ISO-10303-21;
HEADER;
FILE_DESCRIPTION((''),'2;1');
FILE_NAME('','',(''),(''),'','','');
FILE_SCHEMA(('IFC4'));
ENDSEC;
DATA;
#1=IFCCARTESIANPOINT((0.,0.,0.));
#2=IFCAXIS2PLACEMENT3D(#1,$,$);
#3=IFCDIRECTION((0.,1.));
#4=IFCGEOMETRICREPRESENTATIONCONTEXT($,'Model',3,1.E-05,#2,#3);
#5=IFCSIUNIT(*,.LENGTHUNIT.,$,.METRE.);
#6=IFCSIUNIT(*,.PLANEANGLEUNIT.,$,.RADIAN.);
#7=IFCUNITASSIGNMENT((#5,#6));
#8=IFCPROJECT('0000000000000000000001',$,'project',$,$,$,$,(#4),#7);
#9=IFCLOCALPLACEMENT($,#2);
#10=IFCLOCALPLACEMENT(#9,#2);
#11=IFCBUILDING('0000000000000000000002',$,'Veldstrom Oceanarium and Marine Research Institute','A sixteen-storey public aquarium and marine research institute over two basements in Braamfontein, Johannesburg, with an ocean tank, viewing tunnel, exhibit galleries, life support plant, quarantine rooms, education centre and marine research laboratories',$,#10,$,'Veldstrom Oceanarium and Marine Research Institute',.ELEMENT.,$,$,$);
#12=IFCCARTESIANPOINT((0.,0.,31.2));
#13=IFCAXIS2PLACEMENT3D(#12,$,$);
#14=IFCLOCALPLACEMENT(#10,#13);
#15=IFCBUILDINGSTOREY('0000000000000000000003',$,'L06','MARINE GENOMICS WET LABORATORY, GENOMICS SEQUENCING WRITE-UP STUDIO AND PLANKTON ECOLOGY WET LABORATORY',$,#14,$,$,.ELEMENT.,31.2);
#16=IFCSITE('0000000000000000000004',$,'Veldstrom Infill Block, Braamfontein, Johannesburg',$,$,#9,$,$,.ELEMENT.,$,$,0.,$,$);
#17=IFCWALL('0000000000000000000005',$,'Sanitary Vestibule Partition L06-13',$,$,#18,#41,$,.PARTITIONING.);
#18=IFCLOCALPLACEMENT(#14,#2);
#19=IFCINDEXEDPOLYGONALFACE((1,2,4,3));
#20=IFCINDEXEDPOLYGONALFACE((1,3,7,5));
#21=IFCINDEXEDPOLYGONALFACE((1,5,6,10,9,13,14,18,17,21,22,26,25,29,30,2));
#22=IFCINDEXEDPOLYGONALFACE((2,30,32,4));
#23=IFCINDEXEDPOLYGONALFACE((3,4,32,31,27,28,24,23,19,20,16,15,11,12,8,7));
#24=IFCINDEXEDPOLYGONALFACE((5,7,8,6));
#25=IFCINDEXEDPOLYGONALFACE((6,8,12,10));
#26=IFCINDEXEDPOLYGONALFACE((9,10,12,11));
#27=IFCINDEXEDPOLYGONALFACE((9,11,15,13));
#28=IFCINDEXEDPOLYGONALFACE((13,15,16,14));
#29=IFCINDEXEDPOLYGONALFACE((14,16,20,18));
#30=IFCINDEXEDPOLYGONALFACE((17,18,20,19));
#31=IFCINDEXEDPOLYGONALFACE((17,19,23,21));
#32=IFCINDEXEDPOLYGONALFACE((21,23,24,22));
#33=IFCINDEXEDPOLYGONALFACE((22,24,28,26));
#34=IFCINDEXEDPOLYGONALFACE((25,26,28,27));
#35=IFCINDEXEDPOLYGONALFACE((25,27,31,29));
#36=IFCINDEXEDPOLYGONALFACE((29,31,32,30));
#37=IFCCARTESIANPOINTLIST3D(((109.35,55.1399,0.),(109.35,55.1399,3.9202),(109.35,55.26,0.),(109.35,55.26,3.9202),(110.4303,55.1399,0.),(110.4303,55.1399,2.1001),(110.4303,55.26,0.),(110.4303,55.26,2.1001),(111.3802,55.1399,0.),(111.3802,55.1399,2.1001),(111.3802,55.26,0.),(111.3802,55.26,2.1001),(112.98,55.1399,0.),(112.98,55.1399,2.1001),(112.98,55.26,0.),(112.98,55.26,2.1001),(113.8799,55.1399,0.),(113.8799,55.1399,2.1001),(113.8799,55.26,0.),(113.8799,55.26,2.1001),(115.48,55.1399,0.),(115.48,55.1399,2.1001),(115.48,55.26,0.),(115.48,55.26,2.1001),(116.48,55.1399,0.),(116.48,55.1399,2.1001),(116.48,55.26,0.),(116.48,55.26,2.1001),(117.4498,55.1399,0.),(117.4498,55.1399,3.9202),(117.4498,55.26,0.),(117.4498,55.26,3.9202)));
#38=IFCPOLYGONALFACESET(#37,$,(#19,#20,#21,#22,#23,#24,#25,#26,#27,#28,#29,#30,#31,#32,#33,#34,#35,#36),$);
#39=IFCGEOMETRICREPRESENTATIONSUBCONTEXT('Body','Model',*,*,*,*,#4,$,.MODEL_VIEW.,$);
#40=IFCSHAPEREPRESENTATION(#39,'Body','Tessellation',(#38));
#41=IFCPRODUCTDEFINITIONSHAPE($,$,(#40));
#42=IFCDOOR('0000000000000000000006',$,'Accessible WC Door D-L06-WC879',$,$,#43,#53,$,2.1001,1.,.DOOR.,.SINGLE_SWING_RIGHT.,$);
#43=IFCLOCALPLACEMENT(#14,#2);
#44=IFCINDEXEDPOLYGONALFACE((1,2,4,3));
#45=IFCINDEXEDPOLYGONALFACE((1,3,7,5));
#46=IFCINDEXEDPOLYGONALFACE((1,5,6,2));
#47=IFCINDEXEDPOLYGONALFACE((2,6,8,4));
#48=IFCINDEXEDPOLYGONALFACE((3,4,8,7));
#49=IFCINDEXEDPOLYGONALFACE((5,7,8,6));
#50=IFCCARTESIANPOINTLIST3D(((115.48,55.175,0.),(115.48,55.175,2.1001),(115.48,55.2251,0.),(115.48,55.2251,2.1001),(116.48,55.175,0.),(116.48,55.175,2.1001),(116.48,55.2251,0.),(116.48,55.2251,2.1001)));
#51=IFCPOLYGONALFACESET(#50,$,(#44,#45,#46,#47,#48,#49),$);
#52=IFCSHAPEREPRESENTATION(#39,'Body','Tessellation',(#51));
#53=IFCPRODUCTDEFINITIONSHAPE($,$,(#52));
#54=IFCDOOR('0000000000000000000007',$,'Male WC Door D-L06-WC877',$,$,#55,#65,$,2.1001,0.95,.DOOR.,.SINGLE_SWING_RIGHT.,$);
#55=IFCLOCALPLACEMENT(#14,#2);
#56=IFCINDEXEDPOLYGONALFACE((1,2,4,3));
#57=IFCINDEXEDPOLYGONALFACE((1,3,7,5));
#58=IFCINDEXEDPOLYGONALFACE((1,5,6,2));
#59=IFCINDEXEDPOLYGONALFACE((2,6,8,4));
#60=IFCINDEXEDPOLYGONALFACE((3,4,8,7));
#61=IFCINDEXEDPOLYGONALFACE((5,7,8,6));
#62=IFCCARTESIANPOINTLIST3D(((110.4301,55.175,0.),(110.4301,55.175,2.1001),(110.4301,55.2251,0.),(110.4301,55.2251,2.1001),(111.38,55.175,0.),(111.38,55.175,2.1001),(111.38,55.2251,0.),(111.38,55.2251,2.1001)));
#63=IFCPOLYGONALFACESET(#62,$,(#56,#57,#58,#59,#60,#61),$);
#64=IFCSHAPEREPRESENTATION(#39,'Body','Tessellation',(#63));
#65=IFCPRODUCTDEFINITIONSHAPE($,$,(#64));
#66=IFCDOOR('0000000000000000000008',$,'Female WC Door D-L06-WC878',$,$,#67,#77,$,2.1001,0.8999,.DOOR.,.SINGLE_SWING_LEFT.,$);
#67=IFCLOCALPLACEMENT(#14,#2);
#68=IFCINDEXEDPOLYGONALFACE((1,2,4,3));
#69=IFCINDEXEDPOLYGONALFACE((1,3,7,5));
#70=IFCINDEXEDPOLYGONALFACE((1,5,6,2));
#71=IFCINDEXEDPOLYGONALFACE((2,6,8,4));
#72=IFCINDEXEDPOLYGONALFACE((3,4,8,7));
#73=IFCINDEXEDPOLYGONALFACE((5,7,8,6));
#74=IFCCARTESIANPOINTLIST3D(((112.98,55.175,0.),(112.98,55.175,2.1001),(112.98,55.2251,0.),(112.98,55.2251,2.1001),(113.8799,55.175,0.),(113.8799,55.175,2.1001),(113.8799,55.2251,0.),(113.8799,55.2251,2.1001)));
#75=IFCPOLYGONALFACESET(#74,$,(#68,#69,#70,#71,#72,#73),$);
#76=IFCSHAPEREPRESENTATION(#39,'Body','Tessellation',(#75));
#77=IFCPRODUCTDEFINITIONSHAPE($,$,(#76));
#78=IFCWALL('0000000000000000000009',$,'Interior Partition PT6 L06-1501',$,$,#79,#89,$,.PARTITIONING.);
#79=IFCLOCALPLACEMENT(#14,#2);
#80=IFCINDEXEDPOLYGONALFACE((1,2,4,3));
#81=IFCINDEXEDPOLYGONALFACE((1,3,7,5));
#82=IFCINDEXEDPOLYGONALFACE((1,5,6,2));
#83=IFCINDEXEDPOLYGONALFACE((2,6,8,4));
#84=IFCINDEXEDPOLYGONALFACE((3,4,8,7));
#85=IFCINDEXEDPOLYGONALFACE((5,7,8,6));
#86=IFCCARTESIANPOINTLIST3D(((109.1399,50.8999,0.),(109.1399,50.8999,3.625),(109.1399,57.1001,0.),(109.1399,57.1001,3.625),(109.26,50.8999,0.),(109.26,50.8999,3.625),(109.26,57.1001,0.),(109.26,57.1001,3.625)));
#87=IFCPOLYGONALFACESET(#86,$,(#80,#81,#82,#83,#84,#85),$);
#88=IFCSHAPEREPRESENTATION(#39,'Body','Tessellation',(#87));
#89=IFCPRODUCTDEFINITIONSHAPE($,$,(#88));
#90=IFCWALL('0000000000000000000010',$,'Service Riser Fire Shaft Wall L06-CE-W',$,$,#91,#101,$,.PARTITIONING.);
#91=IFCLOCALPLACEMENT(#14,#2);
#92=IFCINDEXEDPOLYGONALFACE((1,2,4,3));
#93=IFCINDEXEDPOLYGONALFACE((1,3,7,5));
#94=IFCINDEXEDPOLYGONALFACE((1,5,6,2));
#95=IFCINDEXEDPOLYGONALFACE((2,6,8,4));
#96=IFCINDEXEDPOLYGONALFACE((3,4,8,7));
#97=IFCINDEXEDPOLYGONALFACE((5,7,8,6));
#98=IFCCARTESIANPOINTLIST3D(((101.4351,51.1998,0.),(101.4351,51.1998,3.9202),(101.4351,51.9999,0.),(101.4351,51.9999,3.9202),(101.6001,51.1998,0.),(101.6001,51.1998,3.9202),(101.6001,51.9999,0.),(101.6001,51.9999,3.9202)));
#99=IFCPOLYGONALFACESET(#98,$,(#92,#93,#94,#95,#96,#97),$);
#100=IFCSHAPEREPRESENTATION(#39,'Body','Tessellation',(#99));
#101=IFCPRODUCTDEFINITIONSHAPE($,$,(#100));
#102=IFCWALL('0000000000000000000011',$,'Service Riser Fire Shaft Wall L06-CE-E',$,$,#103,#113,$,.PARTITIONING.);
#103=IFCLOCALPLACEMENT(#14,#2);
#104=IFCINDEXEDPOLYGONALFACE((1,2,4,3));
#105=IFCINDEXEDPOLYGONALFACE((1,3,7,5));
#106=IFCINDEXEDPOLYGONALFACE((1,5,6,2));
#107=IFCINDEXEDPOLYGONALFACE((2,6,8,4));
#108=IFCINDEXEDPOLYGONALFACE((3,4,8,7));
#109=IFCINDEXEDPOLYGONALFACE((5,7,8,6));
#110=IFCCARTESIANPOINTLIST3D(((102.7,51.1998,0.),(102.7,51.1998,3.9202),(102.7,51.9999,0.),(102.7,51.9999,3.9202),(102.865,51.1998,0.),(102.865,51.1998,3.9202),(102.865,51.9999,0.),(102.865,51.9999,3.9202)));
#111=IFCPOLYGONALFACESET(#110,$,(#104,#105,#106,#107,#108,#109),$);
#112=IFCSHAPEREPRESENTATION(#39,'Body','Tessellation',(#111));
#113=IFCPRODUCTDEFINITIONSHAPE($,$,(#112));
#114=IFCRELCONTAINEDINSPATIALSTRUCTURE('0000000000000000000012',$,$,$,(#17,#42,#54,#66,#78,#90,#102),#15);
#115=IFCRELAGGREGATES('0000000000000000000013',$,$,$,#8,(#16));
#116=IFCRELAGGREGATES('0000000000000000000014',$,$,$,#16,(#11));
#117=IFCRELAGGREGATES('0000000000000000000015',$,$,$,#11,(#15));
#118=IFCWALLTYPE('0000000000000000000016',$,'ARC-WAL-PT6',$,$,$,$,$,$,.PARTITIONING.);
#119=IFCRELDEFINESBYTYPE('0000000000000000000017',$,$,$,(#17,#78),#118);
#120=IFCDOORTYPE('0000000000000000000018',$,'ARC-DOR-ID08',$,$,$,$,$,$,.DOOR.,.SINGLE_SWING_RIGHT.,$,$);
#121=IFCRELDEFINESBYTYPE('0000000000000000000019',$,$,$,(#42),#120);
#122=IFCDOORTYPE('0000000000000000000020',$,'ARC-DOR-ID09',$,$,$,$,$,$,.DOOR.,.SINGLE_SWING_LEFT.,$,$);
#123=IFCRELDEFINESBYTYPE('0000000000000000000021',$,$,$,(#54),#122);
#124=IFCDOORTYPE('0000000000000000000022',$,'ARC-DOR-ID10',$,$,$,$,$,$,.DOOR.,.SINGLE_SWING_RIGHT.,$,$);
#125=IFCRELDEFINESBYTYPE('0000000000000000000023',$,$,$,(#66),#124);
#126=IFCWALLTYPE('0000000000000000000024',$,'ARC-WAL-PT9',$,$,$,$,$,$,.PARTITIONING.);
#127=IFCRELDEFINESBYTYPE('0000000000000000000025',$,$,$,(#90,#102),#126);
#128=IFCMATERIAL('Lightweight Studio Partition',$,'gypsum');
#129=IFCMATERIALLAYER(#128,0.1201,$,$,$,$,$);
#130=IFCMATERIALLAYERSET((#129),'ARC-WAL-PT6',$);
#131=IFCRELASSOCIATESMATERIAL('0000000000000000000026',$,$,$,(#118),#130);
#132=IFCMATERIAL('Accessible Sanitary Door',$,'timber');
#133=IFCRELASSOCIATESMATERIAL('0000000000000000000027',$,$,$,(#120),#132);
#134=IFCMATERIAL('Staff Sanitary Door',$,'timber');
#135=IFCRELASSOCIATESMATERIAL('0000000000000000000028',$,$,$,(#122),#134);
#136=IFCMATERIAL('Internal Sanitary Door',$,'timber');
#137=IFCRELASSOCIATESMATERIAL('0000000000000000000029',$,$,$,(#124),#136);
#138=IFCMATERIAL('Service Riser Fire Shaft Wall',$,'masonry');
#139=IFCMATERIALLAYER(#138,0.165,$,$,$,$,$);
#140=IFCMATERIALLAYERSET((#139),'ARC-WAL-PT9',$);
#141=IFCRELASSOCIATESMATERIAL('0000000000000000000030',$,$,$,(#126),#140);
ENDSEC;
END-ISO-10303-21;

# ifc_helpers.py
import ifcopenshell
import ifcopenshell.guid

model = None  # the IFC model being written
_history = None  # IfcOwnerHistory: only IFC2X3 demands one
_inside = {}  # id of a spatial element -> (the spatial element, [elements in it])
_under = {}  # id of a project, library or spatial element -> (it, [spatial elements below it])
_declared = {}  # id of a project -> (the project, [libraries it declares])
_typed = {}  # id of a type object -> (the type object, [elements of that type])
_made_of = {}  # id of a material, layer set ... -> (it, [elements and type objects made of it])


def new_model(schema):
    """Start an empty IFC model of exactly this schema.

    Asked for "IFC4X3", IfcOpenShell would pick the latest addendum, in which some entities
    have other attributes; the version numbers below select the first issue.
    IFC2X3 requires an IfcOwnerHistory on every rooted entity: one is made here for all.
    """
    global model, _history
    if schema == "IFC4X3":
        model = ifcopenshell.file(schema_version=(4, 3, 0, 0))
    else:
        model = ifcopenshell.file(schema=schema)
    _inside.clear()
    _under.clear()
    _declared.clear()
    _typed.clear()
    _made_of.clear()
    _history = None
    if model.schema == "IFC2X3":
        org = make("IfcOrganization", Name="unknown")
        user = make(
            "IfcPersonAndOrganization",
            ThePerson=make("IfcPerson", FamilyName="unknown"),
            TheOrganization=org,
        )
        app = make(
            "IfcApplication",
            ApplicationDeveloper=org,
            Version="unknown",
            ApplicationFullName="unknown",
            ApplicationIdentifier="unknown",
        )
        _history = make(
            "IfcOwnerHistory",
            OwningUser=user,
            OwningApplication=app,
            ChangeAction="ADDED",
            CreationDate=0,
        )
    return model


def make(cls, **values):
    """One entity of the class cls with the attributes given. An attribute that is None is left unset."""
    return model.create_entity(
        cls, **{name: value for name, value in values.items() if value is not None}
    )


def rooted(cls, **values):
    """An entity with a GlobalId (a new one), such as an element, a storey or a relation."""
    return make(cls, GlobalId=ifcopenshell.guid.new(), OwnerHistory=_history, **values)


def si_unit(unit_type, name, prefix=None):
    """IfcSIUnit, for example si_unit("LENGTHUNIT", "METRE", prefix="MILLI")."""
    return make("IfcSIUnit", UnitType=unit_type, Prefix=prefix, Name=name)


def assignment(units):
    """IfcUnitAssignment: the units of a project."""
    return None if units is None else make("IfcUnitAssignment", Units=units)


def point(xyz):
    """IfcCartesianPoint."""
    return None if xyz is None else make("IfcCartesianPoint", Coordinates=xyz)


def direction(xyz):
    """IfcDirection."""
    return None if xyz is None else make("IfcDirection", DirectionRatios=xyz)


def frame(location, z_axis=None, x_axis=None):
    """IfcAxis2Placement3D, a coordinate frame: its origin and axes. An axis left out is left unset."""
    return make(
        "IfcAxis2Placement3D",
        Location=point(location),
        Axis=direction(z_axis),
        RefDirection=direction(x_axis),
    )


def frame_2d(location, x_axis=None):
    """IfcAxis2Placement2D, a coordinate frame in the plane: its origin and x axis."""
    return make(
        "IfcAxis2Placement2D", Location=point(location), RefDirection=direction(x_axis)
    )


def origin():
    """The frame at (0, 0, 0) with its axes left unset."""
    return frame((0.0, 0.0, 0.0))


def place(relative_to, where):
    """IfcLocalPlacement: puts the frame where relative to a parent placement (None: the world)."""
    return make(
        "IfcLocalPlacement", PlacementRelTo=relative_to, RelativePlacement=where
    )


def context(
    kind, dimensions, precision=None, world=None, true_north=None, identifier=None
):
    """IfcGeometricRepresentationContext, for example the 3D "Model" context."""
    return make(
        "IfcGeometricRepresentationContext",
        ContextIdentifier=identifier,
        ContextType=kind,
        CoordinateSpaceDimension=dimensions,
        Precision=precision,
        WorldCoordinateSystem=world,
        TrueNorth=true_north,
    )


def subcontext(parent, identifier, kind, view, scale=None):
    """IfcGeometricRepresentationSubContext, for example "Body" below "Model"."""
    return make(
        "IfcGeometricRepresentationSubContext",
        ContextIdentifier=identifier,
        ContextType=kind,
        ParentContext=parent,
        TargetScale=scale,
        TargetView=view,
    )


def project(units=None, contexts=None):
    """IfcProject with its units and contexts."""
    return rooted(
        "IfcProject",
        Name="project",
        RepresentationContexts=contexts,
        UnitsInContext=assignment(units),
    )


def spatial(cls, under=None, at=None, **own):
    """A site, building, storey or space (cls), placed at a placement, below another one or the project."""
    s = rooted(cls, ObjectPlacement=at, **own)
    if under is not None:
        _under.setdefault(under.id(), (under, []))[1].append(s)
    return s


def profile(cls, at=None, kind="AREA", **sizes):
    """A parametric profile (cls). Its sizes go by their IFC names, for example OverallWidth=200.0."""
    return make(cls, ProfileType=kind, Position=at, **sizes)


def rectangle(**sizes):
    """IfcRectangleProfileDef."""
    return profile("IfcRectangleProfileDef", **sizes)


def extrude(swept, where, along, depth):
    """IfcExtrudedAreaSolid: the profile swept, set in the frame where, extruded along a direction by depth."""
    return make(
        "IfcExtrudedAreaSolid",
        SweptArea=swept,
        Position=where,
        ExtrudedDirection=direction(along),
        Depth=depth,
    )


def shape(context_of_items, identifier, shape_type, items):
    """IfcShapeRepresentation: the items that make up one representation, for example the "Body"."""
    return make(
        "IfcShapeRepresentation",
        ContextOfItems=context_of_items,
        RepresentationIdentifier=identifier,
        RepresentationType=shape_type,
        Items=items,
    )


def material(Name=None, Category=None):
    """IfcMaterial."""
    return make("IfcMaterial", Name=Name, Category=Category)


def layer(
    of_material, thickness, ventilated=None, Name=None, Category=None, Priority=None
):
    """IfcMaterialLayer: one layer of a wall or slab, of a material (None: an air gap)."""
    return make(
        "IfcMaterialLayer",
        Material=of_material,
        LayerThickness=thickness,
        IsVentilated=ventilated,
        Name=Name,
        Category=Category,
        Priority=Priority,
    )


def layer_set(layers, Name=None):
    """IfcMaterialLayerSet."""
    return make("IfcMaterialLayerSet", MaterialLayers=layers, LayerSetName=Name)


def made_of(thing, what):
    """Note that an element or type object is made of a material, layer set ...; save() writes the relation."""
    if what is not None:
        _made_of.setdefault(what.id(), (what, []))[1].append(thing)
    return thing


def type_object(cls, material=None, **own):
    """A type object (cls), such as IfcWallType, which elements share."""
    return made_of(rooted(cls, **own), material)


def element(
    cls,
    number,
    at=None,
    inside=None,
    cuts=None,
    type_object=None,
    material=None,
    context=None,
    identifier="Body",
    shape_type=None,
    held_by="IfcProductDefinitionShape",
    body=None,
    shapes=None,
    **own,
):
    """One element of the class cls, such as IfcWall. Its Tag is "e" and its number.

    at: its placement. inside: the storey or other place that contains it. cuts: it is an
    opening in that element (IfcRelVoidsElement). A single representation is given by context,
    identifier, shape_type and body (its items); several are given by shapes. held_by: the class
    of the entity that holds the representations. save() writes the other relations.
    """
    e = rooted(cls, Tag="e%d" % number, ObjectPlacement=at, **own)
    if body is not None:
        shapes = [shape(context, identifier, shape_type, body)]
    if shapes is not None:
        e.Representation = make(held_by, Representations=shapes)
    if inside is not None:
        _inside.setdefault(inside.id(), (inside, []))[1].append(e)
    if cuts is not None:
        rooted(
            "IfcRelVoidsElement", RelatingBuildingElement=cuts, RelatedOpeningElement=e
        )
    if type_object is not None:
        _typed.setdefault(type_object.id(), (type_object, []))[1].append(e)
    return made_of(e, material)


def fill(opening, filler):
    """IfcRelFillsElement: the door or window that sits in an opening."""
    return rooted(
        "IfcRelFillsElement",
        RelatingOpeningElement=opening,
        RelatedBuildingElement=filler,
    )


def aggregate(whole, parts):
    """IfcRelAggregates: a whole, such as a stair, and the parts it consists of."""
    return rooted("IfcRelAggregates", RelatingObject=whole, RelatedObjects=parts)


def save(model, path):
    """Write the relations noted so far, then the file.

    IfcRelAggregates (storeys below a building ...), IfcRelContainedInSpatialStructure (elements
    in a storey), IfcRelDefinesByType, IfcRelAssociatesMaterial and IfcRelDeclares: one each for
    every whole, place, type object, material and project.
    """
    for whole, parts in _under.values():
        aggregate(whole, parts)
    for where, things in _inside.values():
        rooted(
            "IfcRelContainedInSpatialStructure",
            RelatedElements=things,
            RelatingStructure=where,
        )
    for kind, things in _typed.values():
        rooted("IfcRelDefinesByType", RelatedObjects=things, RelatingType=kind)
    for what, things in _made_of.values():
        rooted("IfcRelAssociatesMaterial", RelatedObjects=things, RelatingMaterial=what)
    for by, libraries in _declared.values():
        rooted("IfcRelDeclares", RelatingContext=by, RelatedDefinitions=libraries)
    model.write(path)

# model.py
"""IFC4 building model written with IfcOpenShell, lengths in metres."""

from ifc_helpers import new_model, si_unit, direction, frame, frame_2d, origin, place, context, subcontext, project, spatial, rectangle, extrude, material, layer, layer_set, type_object, element, fill, save


model = new_model("IFC4")

# Units and contexts
model_context = context("Model", 3, precision=1e-05, world=origin(), true_north=direction((0.0, 1.0)))
body_context = subcontext(model_context, "Body", "Model", "MODEL_VIEW")
ifc_project = project(units=[si_unit("LENGTHUNIT", "METRE"), si_unit("PLANEANGLEUNIT", "RADIAN")], contexts=[model_context])

# Site, building, storey
site_placement = place(None, origin())
site = spatial("IfcSite", under=ifc_project, at=site_placement, Name="Veldstrom Infill Block, Braamfontein, Johannesburg", CompositionType="ELEMENT", RefElevation=0.0)
building_placement = place(site_placement, origin())
building = spatial("IfcBuilding", under=site, at=building_placement, Name="Veldstrom Oceanarium and Marine Research Institute", Description="A sixteen-storey public aquarium and marine research institute over two basements in Braamfontein, Johannesburg, with an ocean tank, viewing tunnel, exhibit galleries, life support plant, quarantine rooms, education centre and marine research laboratories", LongName="Veldstrom Oceanarium and Marine Research Institute", CompositionType="ELEMENT")
storey_placement = place(building_placement, frame((0.0, 0.0, 31.2)))
storey = spatial("IfcBuildingStorey", under=building, at=storey_placement, Name="L06", Description="MARINE GENOMICS WET LABORATORY, GENOMICS SEQUENCING WRITE-UP STUDIO AND PLANKTON ECOLOGY WET LABORATORY", CompositionType="ELEMENT", Elevation=31.2)

# Wall, openings, doors
ifc_material_1 = material(Name="Lightweight Studio Partition", Category="gypsum")
ifc_layer_1 = layer(ifc_material_1, 0.1201)
ifc_layer_set_1 = layer_set([ifc_layer_1], Name="ARC-WAL-PT6")
wall_type_1 = type_object("IfcWallType", Name="ARC-WAL-PT6", PredefinedType="PARTITIONING", material=ifc_layer_set_1)
wall_1_placement = place(storey_placement, frame((109.3501, 55.2, 0.0), z_axis=(0.0, 0.0, 1.0), x_axis=(1.0, 0.0, 0.0)))
wall_1 = element("IfcWall", 1, at=wall_1_placement, inside=storey, type_object=wall_type_1, Name="Sanitary Vestibule Partition L06-13", PredefinedType="PARTITIONING", context=body_context, shape_type="SweptSolid", body=[
    extrude(rectangle(XDim=8.0999, YDim=0.1201, at=frame_2d((4.0498, 0.0))), origin(), (0.0, 0.0, 1.0), 3.9202),
])
opening_1_placement = place(wall_1_placement, frame((1.0801, 0.0, 0.0)))
opening_1 = element("IfcOpeningElement", 2, at=opening_1_placement, cuts=wall_1, PredefinedType="OPENING", context=body_context, shape_type="SweptSolid", body=[
    extrude(rectangle(XDim=0.95, YDim=2.1001, at=frame_2d((0.4751, 1.05))), frame((0.0, 0.0701, 0.0), z_axis=(0.0, -1.0, 0.0), x_axis=(1.0, 0.0, 0.0)), (0.0, 0.0, 1.0), 0.1401),
])
opening_2_placement = place(wall_1_placement, frame((3.6299, 0.0, 0.0)))
opening_2 = element("IfcOpeningElement", 3, at=opening_2_placement, cuts=wall_1, PredefinedType="OPENING", context=body_context, shape_type="SweptSolid", body=[
    extrude(rectangle(XDim=0.8999, YDim=2.1001, at=frame_2d((0.45, 1.05))), frame((0.0, 0.0701, 0.0), z_axis=(0.0, -1.0, 0.0), x_axis=(1.0, 0.0, 0.0)), (0.0, 0.0, 1.0), 0.1401),
])
opening_3_placement = place(wall_1_placement, frame((6.1299, 0.0, 0.0)))
opening_3 = element("IfcOpeningElement", 4, at=opening_3_placement, cuts=wall_1, PredefinedType="OPENING", context=body_context, shape_type="SweptSolid", body=[
    extrude(rectangle(XDim=1.0, YDim=2.1001, at=frame_2d((0.5, 1.05))), frame((0.0, 0.0701, 0.0), z_axis=(0.0, -1.0, 0.0), x_axis=(1.0, 0.0, 0.0)), (0.0, 0.0, 1.0), 0.1401),
])
ifc_material_2 = material(Name="Accessible Sanitary Door", Category="timber")
door_type_1 = type_object("IfcDoorType", Name="ARC-DOR-ID08", OperationType="SINGLE_SWING_RIGHT", PredefinedType="DOOR", material=ifc_material_2)
door_1_placement = place(opening_3_placement, frame((1.0, 0.0, 0.0), z_axis=(0.0, 0.0, 1.0), x_axis=(-1.0, 0.0, 0.0)))
door_1 = element("IfcDoor", 5, at=door_1_placement, inside=storey, type_object=door_type_1, Name="Accessible WC Door D-L06-WC879", OperationType="SINGLE_SWING_RIGHT", OverallHeight=2.1001, OverallWidth=1.0, PredefinedType="DOOR", context=body_context, shape_type="SweptSolid", body=[
    extrude(rectangle(XDim=1.0, YDim=2.1001, at=frame_2d((0.5, 1.05))), frame((0.0, 0.0249, 0.0), z_axis=(0.0, -1.0, 0.0), x_axis=(1.0, 0.0, 0.0)), (0.0, 0.0, 1.0), 0.05),
])
fill(opening_3, door_1)
ifc_material_3 = material(Name="Staff Sanitary Door", Category="timber")
door_type_2 = type_object("IfcDoorType", Name="ARC-DOR-ID09", OperationType="SINGLE_SWING_LEFT", PredefinedType="DOOR", material=ifc_material_3)
door_2_placement = place(opening_1_placement, frame((0.95, 0.0, 0.0), z_axis=(0.0, 0.0, 1.0), x_axis=(-1.0, 0.0, 0.0)))
door_2 = element("IfcDoor", 6, at=door_2_placement, inside=storey, type_object=door_type_2, Name="Male WC Door D-L06-WC877", OperationType="SINGLE_SWING_RIGHT", OverallHeight=2.1001, OverallWidth=0.95, PredefinedType="DOOR", context=body_context, shape_type="SweptSolid", body=[
    extrude(rectangle(XDim=0.95, YDim=2.1001, at=frame_2d((0.4751, 1.05))), frame((0.0, 0.0249, 0.0), z_axis=(0.0, -1.0, 0.0), x_axis=(1.0, 0.0, 0.0)), (0.0, 0.0, 1.0), 0.05),
])
fill(opening_1, door_2)
ifc_material_4 = material(Name="Internal Sanitary Door", Category="timber")
door_type_3 = type_object("IfcDoorType", Name="ARC-DOR-ID10", OperationType="SINGLE_SWING_RIGHT", PredefinedType="DOOR", material=ifc_material_4)
door_3_placement = place(opening_2_placement, frame((0.8999, 0.0, 0.0), z_axis=(0.0, 0.0, 1.0), x_axis=(-1.0, 0.0, 0.0)))
door_3 = element("IfcDoor", 7, at=door_3_placement, inside=storey, type_object=door_type_3, Name="Female WC Door D-L06-WC878", OperationType="SINGLE_SWING_LEFT", OverallHeight=2.1001, OverallWidth=0.8999, PredefinedType="DOOR", context=body_context, shape_type="SweptSolid", body=[
    extrude(rectangle(XDim=0.8999, YDim=2.1001, at=frame_2d((0.45, 1.05))), frame((0.0, 0.0249, 0.0), z_axis=(0.0, -1.0, 0.0), x_axis=(1.0, 0.0, 0.0)), (0.0, 0.0, 1.0), 0.05),
])
fill(opening_2, door_3)

# Walls
wall_2_placement = place(storey_placement, frame((109.2, 50.8999, 0.0), z_axis=(0.0, 0.0, 1.0), x_axis=(0.0, 1.0, 0.0)))
element("IfcWall", 8, at=wall_2_placement, inside=storey, type_object=wall_type_1, Name="Interior Partition PT6 L06-1501", PredefinedType="PARTITIONING", context=body_context, shape_type="SweptSolid", body=[
    extrude(rectangle(XDim=6.2002, YDim=0.1201, at=frame_2d((3.1001, 0.0))), origin(), (0.0, 0.0, 1.0), 3.625),
])
ifc_material_5 = material(Name="Service Riser Fire Shaft Wall", Category="masonry")
ifc_layer_2 = layer(ifc_material_5, 0.165)
ifc_layer_set_2 = layer_set([ifc_layer_2], Name="ARC-WAL-PT9")
wall_type_2 = type_object("IfcWallType", Name="ARC-WAL-PT9", PredefinedType="PARTITIONING", material=ifc_layer_set_2)
for number, where, z_axis, x_axis, name in (
    (9, (101.5176, 51.2, 0.0), (0.0, 0.0, 1.0), (0.0, 1.0, 0.0), "Service Riser Fire Shaft Wall L06-CE-W"),
    (10, (102.7825, 51.2, 0.0), (0.0, 0.0, 1.0), (0.0, 1.0, 0.0), "Service Riser Fire Shaft Wall L06-CE-E"),
):
    element("IfcWall", number, at=place(storey_placement, frame(where, z_axis=z_axis, x_axis=x_axis)), inside=storey, type_object=wall_type_2, Name=name, PredefinedType="PARTITIONING", context=body_context, shape_type="SweptSolid", body=[
        extrude(rectangle(XDim=0.8, YDim=0.165, at=frame_2d((0.3999, 0.0))), origin(), (0.0, 0.0, 1.0), 3.9202),
    ])

save(model, "model.ifc")
